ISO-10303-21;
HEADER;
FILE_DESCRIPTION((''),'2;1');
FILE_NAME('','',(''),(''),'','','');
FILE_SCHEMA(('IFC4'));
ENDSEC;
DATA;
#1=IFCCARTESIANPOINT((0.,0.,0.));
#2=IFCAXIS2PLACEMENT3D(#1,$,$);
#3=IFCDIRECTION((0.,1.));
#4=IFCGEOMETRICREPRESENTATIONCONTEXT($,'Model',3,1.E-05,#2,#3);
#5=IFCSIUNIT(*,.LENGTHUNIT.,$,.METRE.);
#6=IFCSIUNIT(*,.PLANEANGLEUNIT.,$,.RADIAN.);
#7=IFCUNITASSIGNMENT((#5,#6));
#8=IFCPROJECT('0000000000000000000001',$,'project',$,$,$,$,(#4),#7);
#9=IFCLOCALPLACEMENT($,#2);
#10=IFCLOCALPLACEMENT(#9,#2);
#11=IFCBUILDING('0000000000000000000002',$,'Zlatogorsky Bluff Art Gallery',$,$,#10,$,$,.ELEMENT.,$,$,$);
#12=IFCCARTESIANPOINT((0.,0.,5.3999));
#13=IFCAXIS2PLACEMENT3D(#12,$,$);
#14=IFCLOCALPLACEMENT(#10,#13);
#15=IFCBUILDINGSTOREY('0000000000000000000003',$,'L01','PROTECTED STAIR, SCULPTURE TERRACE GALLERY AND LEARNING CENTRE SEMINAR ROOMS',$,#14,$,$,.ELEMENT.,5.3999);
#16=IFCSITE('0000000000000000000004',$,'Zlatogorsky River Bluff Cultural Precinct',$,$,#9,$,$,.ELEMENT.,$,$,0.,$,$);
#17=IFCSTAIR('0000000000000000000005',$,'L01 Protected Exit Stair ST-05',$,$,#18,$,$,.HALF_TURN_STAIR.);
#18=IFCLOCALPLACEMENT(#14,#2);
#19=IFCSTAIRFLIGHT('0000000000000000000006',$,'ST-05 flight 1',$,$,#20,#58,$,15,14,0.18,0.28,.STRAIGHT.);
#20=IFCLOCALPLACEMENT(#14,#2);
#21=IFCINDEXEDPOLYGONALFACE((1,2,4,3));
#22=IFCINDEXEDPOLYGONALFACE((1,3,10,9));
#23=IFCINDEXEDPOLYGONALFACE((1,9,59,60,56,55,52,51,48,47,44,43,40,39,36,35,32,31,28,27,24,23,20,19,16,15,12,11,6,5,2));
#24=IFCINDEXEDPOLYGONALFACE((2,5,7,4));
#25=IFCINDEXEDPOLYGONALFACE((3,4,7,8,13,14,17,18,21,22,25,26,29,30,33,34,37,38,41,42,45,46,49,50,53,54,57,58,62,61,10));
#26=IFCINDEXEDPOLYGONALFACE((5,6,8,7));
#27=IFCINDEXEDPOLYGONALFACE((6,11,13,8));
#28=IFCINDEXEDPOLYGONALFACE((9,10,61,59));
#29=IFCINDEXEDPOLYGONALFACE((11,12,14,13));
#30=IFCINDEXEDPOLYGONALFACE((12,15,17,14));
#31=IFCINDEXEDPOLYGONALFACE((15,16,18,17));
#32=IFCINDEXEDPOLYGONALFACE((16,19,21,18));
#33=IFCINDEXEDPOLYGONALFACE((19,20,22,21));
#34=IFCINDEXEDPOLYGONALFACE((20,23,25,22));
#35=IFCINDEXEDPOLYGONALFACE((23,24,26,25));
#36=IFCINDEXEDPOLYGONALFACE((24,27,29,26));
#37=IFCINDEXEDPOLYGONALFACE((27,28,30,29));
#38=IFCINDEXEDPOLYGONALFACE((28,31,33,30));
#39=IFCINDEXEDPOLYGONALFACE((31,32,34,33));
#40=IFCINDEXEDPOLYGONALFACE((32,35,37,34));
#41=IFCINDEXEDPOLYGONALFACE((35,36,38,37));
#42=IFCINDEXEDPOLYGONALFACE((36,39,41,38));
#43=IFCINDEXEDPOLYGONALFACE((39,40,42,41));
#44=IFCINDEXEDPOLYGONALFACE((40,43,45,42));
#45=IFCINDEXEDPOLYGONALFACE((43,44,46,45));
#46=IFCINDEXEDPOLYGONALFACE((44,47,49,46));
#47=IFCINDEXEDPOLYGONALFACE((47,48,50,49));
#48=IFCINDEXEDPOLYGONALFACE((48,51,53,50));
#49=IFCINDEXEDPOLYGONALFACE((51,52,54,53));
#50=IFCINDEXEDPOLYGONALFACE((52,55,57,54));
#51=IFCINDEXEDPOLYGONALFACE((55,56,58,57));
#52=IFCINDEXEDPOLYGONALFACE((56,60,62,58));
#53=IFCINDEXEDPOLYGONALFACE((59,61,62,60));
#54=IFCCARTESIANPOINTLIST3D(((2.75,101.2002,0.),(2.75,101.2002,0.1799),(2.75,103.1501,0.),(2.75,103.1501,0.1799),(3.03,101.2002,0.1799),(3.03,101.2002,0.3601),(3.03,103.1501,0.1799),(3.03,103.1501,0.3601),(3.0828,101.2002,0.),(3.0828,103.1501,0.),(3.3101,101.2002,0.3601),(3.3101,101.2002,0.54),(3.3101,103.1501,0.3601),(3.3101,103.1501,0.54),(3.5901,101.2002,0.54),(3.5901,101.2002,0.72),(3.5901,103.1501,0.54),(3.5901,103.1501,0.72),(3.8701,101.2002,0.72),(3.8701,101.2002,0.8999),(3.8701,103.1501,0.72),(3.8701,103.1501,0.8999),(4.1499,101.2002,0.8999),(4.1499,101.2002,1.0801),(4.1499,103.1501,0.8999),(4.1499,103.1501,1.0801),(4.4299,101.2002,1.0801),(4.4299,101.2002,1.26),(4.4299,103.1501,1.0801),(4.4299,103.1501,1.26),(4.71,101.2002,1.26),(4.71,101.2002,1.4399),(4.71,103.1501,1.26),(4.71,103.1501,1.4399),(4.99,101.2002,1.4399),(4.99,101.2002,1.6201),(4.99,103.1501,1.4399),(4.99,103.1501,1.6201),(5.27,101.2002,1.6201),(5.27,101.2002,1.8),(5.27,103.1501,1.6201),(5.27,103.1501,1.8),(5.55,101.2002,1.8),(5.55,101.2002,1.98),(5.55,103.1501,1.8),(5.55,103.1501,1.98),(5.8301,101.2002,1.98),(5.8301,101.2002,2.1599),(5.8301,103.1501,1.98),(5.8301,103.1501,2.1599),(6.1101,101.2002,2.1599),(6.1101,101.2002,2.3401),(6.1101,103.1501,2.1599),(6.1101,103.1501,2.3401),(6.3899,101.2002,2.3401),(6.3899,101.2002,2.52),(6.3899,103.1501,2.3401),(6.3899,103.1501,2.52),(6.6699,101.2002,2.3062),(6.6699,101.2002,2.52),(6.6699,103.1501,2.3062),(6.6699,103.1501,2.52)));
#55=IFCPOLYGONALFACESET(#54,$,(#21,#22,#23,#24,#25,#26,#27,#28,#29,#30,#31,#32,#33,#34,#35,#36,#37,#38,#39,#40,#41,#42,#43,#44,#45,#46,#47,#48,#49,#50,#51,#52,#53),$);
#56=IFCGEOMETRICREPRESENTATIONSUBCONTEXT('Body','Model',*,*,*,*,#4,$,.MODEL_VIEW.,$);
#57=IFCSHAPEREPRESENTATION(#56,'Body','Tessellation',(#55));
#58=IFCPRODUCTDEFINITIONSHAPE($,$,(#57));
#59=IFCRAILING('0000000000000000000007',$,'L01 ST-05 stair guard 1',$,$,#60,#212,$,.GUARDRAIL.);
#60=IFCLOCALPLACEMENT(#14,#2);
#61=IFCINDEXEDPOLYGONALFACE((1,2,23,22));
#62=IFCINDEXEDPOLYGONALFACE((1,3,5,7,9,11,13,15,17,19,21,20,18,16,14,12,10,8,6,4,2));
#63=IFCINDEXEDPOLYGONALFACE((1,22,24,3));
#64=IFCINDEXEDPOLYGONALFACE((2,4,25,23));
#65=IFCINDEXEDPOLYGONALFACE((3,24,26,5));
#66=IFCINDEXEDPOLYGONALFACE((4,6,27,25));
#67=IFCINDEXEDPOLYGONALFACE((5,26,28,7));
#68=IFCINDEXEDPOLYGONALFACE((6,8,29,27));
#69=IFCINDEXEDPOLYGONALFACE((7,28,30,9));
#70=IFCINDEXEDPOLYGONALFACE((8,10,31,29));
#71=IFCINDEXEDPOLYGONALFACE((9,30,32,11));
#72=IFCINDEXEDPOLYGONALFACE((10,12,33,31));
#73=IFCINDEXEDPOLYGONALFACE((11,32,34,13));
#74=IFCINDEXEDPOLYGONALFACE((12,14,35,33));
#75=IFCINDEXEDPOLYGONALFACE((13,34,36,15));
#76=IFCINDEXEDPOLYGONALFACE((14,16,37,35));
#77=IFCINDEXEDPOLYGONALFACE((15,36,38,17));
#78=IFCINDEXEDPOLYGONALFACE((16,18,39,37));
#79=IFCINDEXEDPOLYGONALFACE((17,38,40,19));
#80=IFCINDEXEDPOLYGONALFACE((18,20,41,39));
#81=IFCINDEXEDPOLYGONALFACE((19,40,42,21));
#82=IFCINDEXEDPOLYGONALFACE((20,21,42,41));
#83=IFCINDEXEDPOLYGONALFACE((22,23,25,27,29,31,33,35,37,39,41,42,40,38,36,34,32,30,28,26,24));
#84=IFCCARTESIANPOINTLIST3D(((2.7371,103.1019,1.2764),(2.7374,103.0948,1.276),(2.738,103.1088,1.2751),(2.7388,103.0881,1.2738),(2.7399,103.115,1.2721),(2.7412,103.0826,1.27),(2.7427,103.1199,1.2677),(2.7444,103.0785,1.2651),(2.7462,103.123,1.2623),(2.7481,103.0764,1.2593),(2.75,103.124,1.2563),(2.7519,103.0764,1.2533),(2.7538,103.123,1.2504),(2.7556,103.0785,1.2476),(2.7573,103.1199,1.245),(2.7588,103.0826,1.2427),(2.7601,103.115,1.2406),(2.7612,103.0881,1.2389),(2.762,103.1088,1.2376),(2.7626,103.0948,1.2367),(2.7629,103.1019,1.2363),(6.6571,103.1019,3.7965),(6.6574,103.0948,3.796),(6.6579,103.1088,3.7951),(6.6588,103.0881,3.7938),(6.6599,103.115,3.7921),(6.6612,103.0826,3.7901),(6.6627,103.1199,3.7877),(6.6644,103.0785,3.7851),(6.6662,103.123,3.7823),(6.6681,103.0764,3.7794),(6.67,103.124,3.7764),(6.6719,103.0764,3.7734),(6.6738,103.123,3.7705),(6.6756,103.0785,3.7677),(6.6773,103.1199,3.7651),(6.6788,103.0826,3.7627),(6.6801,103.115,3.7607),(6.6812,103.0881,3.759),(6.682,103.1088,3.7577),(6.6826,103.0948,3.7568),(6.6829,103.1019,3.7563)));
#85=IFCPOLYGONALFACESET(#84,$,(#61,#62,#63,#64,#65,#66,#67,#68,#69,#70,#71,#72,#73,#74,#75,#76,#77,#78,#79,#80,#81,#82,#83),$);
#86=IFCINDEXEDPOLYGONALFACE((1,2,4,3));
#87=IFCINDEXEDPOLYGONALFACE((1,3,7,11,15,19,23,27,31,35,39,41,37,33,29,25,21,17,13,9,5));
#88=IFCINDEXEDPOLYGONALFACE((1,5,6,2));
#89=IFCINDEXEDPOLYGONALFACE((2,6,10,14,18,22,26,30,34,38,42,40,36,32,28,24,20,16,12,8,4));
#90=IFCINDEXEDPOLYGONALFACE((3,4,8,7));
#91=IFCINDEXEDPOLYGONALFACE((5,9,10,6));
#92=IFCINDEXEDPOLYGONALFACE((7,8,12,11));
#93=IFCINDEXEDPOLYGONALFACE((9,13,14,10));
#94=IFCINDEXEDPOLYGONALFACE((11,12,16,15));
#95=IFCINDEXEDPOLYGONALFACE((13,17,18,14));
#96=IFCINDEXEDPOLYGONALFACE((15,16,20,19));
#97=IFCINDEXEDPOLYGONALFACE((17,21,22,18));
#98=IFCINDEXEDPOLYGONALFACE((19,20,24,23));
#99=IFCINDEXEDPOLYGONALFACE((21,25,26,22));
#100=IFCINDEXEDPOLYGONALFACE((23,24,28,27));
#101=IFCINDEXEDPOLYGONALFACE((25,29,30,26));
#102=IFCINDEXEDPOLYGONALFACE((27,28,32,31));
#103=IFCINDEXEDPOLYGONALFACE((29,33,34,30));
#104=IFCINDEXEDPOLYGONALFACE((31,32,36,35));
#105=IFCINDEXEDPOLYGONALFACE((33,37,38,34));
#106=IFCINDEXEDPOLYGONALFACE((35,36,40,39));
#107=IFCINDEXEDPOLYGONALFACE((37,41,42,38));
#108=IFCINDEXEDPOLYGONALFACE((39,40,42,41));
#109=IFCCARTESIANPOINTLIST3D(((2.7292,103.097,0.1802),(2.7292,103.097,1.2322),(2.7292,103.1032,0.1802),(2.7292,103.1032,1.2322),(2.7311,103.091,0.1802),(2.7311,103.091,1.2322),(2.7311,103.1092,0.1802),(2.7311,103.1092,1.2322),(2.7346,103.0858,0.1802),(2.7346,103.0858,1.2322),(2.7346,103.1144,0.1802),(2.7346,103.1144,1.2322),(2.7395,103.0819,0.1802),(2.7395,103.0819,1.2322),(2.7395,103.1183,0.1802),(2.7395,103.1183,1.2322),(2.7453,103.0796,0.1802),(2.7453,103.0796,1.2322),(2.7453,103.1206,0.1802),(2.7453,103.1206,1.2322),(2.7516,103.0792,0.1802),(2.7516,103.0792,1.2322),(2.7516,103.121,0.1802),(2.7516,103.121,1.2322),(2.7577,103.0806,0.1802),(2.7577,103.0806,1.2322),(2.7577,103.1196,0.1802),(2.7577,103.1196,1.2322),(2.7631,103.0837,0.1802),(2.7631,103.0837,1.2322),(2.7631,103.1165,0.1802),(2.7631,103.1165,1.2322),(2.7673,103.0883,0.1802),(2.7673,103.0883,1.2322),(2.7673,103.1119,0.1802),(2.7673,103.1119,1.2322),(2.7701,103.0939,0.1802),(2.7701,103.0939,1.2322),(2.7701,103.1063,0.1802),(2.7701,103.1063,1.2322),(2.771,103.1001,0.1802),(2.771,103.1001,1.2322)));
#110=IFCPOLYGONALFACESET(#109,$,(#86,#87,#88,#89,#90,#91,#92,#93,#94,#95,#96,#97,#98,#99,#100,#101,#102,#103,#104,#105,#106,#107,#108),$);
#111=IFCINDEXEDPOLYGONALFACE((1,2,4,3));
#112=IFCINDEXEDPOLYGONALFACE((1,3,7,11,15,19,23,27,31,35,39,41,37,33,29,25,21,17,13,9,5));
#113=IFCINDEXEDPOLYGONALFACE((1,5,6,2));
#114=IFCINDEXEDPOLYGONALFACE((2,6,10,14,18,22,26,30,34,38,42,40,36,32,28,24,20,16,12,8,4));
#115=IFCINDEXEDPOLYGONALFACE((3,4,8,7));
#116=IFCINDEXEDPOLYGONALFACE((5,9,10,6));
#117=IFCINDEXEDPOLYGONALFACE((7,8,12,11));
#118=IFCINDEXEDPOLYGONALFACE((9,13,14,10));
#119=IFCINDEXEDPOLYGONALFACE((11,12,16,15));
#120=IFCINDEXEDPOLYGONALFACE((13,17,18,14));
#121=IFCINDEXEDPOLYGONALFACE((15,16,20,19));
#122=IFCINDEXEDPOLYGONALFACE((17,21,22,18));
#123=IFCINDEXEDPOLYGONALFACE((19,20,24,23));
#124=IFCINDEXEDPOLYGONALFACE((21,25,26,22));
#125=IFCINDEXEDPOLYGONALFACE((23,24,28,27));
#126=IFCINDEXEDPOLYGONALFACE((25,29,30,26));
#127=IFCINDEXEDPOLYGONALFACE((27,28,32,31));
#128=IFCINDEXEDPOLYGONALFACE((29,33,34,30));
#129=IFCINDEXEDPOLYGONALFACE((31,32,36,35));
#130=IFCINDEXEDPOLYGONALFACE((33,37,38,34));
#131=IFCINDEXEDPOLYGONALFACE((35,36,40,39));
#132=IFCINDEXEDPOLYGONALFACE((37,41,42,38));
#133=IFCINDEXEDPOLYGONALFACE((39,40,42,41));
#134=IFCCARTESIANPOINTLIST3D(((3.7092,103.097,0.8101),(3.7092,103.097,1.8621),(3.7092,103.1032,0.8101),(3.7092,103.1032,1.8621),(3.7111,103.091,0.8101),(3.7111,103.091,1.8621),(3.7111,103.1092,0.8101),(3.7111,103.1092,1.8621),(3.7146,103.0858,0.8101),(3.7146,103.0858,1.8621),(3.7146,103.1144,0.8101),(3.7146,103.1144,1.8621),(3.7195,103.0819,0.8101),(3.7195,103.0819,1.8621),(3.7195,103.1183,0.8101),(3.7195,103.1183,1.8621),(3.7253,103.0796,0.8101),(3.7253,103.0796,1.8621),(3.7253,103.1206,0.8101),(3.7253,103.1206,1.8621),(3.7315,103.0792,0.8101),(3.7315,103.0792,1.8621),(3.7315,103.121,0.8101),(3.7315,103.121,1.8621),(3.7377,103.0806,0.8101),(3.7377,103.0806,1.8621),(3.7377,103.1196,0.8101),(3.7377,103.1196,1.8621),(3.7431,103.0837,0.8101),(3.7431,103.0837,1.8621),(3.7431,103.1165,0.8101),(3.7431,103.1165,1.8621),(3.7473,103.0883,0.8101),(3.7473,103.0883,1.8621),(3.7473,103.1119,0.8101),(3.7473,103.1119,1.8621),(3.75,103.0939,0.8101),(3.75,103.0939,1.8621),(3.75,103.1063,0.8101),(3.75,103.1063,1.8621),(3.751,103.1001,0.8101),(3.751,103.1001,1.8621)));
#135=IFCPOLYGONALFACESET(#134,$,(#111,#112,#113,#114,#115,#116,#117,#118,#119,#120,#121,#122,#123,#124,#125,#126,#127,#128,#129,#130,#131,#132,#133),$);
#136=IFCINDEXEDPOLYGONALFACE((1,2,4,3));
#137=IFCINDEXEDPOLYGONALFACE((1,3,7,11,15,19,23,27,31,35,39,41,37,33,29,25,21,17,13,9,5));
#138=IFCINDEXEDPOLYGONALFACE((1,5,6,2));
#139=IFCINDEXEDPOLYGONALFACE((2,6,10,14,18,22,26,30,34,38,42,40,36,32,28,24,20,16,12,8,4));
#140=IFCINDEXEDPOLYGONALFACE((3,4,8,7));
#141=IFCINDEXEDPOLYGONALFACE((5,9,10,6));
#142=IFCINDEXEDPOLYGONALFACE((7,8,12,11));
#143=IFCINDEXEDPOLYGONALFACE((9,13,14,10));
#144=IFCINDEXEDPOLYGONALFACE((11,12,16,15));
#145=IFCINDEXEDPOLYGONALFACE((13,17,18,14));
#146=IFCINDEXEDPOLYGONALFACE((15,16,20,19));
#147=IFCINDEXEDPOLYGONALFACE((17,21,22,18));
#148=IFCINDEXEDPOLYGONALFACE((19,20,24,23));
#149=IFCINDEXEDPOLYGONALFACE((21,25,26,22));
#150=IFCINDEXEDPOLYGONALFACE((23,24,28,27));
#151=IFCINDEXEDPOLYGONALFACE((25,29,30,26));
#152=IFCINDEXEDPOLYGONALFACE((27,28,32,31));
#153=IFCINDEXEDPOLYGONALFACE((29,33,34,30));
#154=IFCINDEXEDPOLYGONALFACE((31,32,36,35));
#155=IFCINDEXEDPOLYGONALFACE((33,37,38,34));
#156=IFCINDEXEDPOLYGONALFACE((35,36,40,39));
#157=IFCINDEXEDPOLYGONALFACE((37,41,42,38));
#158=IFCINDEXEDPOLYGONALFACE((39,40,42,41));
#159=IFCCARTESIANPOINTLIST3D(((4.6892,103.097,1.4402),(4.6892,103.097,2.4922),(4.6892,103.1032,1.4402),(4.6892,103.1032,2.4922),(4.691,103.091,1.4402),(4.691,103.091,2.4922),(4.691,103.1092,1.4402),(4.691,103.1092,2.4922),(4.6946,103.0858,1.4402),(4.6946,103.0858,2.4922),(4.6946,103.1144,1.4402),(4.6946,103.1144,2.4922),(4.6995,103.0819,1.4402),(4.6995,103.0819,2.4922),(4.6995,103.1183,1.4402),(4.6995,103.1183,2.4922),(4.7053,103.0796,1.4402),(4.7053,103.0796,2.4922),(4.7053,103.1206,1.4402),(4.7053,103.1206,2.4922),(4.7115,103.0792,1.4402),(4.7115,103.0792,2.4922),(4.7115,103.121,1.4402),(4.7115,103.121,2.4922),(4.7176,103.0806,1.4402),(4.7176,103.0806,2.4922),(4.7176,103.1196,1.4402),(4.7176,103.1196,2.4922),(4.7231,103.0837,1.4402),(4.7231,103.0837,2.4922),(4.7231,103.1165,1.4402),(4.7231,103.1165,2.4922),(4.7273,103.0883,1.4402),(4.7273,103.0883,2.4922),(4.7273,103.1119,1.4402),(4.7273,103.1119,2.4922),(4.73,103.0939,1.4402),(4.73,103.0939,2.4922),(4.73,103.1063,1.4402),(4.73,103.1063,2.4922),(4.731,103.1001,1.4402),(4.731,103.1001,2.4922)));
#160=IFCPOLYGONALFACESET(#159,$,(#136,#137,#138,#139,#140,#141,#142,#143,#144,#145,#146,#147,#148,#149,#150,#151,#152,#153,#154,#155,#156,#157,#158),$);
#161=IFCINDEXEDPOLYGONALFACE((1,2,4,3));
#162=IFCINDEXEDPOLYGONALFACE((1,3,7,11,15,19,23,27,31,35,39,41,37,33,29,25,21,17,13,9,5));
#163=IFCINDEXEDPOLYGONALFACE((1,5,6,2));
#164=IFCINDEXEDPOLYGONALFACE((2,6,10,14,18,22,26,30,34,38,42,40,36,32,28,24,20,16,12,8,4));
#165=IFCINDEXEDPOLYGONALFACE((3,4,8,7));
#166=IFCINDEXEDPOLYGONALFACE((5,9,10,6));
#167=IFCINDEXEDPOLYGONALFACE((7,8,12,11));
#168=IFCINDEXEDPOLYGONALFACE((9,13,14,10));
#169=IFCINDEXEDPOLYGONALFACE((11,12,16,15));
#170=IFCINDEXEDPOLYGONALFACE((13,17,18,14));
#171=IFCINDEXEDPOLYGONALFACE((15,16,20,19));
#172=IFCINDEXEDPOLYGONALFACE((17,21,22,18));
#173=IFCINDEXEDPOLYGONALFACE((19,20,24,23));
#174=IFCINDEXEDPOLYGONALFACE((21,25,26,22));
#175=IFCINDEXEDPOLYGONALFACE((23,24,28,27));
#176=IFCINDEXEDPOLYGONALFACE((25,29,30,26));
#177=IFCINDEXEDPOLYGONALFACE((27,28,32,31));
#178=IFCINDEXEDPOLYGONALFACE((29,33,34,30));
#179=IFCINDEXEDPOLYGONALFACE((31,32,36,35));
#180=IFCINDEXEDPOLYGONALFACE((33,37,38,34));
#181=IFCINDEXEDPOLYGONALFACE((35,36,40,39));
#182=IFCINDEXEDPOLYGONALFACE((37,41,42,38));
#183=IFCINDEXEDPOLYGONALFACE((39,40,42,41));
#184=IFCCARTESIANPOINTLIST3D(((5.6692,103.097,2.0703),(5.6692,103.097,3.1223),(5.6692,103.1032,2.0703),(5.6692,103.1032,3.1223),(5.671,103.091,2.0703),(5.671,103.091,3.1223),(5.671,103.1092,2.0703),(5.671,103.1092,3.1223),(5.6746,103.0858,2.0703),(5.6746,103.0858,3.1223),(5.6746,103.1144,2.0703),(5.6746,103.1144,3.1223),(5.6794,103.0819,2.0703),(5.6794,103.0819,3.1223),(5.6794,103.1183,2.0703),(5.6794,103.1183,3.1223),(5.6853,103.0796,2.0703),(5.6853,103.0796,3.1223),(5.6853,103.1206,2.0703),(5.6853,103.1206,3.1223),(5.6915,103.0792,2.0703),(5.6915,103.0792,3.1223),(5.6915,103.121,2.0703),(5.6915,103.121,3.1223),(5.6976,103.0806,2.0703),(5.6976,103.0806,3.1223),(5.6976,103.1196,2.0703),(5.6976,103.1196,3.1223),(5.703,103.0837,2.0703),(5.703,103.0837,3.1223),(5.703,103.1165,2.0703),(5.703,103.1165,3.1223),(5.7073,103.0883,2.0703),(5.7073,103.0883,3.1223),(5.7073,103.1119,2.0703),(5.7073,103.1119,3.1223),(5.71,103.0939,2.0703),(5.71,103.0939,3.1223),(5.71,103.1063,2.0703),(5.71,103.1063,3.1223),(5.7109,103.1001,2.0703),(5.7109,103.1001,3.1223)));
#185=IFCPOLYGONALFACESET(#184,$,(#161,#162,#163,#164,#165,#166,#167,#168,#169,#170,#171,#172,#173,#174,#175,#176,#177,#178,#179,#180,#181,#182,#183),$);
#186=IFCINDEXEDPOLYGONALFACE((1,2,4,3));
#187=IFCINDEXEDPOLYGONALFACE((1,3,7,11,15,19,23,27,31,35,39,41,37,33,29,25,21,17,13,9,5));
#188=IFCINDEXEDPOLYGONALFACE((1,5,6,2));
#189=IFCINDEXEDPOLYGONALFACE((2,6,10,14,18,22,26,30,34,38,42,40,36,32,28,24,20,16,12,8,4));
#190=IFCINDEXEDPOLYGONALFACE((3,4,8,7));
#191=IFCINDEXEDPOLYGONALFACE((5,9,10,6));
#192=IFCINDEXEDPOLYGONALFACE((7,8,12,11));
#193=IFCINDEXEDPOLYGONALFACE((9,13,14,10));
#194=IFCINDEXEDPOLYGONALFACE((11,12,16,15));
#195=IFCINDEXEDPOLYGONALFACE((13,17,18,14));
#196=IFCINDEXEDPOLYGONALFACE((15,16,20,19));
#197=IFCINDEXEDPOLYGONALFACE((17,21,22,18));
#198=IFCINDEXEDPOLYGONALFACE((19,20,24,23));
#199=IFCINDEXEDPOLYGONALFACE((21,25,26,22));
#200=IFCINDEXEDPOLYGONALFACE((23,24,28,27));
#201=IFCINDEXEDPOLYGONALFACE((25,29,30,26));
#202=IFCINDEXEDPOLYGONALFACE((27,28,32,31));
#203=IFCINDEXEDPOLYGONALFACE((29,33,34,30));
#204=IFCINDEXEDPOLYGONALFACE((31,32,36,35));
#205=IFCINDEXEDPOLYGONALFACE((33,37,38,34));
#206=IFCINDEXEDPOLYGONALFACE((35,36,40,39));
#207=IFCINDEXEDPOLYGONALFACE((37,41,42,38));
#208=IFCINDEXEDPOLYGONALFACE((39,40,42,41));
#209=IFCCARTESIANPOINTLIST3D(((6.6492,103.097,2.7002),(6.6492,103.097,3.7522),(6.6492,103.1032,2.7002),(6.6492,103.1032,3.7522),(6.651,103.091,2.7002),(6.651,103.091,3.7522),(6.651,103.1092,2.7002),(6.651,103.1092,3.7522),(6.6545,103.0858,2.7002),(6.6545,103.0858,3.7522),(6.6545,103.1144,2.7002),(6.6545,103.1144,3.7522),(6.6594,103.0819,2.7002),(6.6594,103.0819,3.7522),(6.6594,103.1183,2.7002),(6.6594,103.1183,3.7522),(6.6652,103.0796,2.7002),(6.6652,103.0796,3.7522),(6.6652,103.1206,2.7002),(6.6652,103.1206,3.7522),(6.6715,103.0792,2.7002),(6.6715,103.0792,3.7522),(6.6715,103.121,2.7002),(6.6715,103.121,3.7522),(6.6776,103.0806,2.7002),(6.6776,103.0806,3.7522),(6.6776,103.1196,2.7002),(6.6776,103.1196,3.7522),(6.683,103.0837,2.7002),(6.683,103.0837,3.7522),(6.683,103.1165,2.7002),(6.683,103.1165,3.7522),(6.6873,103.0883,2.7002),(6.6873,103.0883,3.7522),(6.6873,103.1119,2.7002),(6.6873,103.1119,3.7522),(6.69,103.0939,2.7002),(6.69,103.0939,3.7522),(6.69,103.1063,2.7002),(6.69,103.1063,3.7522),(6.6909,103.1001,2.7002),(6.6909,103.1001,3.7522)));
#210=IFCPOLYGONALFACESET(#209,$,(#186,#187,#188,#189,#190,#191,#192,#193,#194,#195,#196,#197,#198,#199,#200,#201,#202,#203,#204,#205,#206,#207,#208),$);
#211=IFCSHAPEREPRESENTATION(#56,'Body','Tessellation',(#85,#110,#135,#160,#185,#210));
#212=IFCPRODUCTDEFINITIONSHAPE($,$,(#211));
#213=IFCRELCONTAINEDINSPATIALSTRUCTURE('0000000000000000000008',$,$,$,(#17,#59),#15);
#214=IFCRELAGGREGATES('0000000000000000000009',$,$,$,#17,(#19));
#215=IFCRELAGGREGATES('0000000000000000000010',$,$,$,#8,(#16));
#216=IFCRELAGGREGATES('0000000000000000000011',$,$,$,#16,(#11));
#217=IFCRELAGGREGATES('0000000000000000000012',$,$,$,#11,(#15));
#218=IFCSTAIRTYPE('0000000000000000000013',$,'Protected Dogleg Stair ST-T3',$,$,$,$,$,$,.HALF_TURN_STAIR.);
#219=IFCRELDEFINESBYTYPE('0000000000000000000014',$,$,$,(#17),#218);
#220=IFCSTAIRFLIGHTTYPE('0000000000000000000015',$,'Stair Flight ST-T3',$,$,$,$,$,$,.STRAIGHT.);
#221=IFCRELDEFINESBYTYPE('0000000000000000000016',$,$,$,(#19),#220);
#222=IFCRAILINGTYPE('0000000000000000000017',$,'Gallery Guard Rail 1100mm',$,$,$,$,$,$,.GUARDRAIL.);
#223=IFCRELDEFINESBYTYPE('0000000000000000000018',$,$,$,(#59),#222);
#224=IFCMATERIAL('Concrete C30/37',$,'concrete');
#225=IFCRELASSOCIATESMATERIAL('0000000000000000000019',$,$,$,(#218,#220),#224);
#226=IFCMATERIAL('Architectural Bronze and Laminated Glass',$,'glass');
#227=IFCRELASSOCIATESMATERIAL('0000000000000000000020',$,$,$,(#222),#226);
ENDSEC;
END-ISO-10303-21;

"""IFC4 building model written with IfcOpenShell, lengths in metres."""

from ifc_helpers import new_model, si_unit, direction, frame, origin, origin_2d, place, context, subcontext, project, spatial, polyline, circle, outline, extrude, material, type_object, element, aggregate, save


model = new_model("IFC4")

# Units and contexts
model_context = context("Model", 3, precision=1e-05, world=origin(), true_north=direction((0.0, 1.0)))
body_context = subcontext(model_context, "Body", "Model", "MODEL_VIEW")
ifc_project = project(units=[si_unit("LENGTHUNIT", "METRE"), si_unit("PLANEANGLEUNIT", "RADIAN")], contexts=[model_context])

# Site, building, storey
site_placement = place(None, origin())
site = spatial("IfcSite", under=ifc_project, at=site_placement, Name="Zlatogorsky River Bluff Cultural Precinct", CompositionType="ELEMENT", RefElevation=0.0)
building_placement = place(site_placement, origin())
building = spatial("IfcBuilding", under=site, at=building_placement, Name="Zlatogorsky Bluff Art Gallery", CompositionType="ELEMENT")
storey_placement = place(building_placement, frame((0.0, 0.0, 5.3999)))
storey = spatial("IfcBuildingStorey", under=building, at=storey_placement, Name="L01", Description="PROTECTED STAIR, SCULPTURE TERRACE GALLERY AND LEARNING CENTRE SEMINAR ROOMS", CompositionType="ELEMENT", Elevation=5.3999)

# Stair, stair flight
ifc_material_1 = material(Name="Concrete C30/37", Category="concrete")
stair_type = type_object("IfcStairType", Name="Protected Dogleg Stair ST-T3", PredefinedType="HALF_TURN_STAIR", material=ifc_material_1)
stair_placement = place(storey_placement, origin())
stair = element("IfcStair", 1, at=stair_placement, inside=storey, type_object=stair_type, Name="L01 Protected Exit Stair ST-05", PredefinedType="HALF_TURN_STAIR")
stair_flight_type = type_object("IfcStairFlightType", Name="Stair Flight ST-T3", PredefinedType="STRAIGHT", material=ifc_material_1)
stair_flight_placement = place(storey_placement, frame((2.75, 102.175, 0.0), z_axis=(0.0, 0.0, 1.0), x_axis=(1.0, 0.0, 0.0)))
stair_flight = element("IfcStairFlight", 2, at=stair_flight_placement, type_object=stair_flight_type, Name="ST-05 flight 1", NumberOfRisers=15, NumberOfTreads=14, PredefinedType="STRAIGHT", RiserHeight=0.18, TreadLength=0.28, context=body_context, shape_type="SweptSolid", body=[
    extrude(outline(polyline([(0.0, 0.0), (0.0, 0.1799), (0.28, 0.1799), (0.28, 0.3601), (0.5601, 0.3601), (0.5601, 0.54), (0.8401, 0.54), (0.8401, 0.72), (1.1201, 0.72), (1.1201, 0.8999), (1.3999, 0.8999), (1.3999, 1.0801), (1.6799, 1.0801), (1.6799, 1.26), (1.96, 1.26), (1.96, 1.4399), (2.24, 1.4399), (2.24, 1.6201), (2.52, 1.6201), (2.52, 1.8), (2.8, 1.8), (2.8, 1.98), (3.0801, 1.98), (3.0801, 2.1599), (3.3601, 2.1599), (3.3601, 2.3401), (3.6399, 2.3401), (3.6399, 2.52), (3.9199, 2.52), (3.9199, 2.7), (3.9199, 2.3062), (0.3328, 0.0), (0.0, 0.0)])), frame((0.0, 0.9751, 0.0), z_axis=(0.0, -1.0, 0.0), x_axis=(1.0, 0.0, 0.0)), (0.0, 0.0, 1.0), 1.95),
])
aggregate(stair, [stair_flight])

# Railing
ifc_material_2 = material(Name="Architectural Bronze and Laminated Glass", Category="glass")
railing_type_1 = type_object("IfcRailingType", Name="Gallery Guard Rail 1100mm", PredefinedType="GUARDRAIL", material=ifc_material_2)
railing_1_placement = place(storey_placement, frame((2.75, 103.1001, 0.1802)))
element("IfcRailing", 3, at=railing_1_placement, inside=storey, type_object=railing_type_1, Name="L01 ST-05 stair guard 1", PredefinedType="GUARDRAIL", context=body_context, shape_type="SweptSolid", body=[
    extrude(circle(Radius=0.0239, at=origin_2d()), frame((0.0, 0.0, 1.0762), z_axis=(0.841172, 0.0, 0.540768), x_axis=(0.0, 1.0, 0.0)), (0.0, 0.0, 1.0), 4.6602),
    extrude(circle(Radius=0.021, at=origin_2d()), origin(), (0.0, 0.0, 1.0), 1.052),
    extrude(circle(Radius=0.021, at=origin_2d()), frame((0.98, 0.0, 0.6299)), (0.0, 0.0, 1.0), 1.052),
    extrude(circle(Radius=0.021, at=origin_2d()), frame((1.96, 0.0, 1.26)), (0.0, 0.0, 1.0), 1.052),
    extrude(circle(Radius=0.021, at=origin_2d()), frame((2.9399, 0.0, 1.8901)), (0.0, 0.0, 1.0), 1.052),
    extrude(circle(Radius=0.021, at=origin_2d()), frame((3.9199, 0.0, 2.52)), (0.0, 0.0, 1.0), 1.052),
])

save(model, "model.ifc")
